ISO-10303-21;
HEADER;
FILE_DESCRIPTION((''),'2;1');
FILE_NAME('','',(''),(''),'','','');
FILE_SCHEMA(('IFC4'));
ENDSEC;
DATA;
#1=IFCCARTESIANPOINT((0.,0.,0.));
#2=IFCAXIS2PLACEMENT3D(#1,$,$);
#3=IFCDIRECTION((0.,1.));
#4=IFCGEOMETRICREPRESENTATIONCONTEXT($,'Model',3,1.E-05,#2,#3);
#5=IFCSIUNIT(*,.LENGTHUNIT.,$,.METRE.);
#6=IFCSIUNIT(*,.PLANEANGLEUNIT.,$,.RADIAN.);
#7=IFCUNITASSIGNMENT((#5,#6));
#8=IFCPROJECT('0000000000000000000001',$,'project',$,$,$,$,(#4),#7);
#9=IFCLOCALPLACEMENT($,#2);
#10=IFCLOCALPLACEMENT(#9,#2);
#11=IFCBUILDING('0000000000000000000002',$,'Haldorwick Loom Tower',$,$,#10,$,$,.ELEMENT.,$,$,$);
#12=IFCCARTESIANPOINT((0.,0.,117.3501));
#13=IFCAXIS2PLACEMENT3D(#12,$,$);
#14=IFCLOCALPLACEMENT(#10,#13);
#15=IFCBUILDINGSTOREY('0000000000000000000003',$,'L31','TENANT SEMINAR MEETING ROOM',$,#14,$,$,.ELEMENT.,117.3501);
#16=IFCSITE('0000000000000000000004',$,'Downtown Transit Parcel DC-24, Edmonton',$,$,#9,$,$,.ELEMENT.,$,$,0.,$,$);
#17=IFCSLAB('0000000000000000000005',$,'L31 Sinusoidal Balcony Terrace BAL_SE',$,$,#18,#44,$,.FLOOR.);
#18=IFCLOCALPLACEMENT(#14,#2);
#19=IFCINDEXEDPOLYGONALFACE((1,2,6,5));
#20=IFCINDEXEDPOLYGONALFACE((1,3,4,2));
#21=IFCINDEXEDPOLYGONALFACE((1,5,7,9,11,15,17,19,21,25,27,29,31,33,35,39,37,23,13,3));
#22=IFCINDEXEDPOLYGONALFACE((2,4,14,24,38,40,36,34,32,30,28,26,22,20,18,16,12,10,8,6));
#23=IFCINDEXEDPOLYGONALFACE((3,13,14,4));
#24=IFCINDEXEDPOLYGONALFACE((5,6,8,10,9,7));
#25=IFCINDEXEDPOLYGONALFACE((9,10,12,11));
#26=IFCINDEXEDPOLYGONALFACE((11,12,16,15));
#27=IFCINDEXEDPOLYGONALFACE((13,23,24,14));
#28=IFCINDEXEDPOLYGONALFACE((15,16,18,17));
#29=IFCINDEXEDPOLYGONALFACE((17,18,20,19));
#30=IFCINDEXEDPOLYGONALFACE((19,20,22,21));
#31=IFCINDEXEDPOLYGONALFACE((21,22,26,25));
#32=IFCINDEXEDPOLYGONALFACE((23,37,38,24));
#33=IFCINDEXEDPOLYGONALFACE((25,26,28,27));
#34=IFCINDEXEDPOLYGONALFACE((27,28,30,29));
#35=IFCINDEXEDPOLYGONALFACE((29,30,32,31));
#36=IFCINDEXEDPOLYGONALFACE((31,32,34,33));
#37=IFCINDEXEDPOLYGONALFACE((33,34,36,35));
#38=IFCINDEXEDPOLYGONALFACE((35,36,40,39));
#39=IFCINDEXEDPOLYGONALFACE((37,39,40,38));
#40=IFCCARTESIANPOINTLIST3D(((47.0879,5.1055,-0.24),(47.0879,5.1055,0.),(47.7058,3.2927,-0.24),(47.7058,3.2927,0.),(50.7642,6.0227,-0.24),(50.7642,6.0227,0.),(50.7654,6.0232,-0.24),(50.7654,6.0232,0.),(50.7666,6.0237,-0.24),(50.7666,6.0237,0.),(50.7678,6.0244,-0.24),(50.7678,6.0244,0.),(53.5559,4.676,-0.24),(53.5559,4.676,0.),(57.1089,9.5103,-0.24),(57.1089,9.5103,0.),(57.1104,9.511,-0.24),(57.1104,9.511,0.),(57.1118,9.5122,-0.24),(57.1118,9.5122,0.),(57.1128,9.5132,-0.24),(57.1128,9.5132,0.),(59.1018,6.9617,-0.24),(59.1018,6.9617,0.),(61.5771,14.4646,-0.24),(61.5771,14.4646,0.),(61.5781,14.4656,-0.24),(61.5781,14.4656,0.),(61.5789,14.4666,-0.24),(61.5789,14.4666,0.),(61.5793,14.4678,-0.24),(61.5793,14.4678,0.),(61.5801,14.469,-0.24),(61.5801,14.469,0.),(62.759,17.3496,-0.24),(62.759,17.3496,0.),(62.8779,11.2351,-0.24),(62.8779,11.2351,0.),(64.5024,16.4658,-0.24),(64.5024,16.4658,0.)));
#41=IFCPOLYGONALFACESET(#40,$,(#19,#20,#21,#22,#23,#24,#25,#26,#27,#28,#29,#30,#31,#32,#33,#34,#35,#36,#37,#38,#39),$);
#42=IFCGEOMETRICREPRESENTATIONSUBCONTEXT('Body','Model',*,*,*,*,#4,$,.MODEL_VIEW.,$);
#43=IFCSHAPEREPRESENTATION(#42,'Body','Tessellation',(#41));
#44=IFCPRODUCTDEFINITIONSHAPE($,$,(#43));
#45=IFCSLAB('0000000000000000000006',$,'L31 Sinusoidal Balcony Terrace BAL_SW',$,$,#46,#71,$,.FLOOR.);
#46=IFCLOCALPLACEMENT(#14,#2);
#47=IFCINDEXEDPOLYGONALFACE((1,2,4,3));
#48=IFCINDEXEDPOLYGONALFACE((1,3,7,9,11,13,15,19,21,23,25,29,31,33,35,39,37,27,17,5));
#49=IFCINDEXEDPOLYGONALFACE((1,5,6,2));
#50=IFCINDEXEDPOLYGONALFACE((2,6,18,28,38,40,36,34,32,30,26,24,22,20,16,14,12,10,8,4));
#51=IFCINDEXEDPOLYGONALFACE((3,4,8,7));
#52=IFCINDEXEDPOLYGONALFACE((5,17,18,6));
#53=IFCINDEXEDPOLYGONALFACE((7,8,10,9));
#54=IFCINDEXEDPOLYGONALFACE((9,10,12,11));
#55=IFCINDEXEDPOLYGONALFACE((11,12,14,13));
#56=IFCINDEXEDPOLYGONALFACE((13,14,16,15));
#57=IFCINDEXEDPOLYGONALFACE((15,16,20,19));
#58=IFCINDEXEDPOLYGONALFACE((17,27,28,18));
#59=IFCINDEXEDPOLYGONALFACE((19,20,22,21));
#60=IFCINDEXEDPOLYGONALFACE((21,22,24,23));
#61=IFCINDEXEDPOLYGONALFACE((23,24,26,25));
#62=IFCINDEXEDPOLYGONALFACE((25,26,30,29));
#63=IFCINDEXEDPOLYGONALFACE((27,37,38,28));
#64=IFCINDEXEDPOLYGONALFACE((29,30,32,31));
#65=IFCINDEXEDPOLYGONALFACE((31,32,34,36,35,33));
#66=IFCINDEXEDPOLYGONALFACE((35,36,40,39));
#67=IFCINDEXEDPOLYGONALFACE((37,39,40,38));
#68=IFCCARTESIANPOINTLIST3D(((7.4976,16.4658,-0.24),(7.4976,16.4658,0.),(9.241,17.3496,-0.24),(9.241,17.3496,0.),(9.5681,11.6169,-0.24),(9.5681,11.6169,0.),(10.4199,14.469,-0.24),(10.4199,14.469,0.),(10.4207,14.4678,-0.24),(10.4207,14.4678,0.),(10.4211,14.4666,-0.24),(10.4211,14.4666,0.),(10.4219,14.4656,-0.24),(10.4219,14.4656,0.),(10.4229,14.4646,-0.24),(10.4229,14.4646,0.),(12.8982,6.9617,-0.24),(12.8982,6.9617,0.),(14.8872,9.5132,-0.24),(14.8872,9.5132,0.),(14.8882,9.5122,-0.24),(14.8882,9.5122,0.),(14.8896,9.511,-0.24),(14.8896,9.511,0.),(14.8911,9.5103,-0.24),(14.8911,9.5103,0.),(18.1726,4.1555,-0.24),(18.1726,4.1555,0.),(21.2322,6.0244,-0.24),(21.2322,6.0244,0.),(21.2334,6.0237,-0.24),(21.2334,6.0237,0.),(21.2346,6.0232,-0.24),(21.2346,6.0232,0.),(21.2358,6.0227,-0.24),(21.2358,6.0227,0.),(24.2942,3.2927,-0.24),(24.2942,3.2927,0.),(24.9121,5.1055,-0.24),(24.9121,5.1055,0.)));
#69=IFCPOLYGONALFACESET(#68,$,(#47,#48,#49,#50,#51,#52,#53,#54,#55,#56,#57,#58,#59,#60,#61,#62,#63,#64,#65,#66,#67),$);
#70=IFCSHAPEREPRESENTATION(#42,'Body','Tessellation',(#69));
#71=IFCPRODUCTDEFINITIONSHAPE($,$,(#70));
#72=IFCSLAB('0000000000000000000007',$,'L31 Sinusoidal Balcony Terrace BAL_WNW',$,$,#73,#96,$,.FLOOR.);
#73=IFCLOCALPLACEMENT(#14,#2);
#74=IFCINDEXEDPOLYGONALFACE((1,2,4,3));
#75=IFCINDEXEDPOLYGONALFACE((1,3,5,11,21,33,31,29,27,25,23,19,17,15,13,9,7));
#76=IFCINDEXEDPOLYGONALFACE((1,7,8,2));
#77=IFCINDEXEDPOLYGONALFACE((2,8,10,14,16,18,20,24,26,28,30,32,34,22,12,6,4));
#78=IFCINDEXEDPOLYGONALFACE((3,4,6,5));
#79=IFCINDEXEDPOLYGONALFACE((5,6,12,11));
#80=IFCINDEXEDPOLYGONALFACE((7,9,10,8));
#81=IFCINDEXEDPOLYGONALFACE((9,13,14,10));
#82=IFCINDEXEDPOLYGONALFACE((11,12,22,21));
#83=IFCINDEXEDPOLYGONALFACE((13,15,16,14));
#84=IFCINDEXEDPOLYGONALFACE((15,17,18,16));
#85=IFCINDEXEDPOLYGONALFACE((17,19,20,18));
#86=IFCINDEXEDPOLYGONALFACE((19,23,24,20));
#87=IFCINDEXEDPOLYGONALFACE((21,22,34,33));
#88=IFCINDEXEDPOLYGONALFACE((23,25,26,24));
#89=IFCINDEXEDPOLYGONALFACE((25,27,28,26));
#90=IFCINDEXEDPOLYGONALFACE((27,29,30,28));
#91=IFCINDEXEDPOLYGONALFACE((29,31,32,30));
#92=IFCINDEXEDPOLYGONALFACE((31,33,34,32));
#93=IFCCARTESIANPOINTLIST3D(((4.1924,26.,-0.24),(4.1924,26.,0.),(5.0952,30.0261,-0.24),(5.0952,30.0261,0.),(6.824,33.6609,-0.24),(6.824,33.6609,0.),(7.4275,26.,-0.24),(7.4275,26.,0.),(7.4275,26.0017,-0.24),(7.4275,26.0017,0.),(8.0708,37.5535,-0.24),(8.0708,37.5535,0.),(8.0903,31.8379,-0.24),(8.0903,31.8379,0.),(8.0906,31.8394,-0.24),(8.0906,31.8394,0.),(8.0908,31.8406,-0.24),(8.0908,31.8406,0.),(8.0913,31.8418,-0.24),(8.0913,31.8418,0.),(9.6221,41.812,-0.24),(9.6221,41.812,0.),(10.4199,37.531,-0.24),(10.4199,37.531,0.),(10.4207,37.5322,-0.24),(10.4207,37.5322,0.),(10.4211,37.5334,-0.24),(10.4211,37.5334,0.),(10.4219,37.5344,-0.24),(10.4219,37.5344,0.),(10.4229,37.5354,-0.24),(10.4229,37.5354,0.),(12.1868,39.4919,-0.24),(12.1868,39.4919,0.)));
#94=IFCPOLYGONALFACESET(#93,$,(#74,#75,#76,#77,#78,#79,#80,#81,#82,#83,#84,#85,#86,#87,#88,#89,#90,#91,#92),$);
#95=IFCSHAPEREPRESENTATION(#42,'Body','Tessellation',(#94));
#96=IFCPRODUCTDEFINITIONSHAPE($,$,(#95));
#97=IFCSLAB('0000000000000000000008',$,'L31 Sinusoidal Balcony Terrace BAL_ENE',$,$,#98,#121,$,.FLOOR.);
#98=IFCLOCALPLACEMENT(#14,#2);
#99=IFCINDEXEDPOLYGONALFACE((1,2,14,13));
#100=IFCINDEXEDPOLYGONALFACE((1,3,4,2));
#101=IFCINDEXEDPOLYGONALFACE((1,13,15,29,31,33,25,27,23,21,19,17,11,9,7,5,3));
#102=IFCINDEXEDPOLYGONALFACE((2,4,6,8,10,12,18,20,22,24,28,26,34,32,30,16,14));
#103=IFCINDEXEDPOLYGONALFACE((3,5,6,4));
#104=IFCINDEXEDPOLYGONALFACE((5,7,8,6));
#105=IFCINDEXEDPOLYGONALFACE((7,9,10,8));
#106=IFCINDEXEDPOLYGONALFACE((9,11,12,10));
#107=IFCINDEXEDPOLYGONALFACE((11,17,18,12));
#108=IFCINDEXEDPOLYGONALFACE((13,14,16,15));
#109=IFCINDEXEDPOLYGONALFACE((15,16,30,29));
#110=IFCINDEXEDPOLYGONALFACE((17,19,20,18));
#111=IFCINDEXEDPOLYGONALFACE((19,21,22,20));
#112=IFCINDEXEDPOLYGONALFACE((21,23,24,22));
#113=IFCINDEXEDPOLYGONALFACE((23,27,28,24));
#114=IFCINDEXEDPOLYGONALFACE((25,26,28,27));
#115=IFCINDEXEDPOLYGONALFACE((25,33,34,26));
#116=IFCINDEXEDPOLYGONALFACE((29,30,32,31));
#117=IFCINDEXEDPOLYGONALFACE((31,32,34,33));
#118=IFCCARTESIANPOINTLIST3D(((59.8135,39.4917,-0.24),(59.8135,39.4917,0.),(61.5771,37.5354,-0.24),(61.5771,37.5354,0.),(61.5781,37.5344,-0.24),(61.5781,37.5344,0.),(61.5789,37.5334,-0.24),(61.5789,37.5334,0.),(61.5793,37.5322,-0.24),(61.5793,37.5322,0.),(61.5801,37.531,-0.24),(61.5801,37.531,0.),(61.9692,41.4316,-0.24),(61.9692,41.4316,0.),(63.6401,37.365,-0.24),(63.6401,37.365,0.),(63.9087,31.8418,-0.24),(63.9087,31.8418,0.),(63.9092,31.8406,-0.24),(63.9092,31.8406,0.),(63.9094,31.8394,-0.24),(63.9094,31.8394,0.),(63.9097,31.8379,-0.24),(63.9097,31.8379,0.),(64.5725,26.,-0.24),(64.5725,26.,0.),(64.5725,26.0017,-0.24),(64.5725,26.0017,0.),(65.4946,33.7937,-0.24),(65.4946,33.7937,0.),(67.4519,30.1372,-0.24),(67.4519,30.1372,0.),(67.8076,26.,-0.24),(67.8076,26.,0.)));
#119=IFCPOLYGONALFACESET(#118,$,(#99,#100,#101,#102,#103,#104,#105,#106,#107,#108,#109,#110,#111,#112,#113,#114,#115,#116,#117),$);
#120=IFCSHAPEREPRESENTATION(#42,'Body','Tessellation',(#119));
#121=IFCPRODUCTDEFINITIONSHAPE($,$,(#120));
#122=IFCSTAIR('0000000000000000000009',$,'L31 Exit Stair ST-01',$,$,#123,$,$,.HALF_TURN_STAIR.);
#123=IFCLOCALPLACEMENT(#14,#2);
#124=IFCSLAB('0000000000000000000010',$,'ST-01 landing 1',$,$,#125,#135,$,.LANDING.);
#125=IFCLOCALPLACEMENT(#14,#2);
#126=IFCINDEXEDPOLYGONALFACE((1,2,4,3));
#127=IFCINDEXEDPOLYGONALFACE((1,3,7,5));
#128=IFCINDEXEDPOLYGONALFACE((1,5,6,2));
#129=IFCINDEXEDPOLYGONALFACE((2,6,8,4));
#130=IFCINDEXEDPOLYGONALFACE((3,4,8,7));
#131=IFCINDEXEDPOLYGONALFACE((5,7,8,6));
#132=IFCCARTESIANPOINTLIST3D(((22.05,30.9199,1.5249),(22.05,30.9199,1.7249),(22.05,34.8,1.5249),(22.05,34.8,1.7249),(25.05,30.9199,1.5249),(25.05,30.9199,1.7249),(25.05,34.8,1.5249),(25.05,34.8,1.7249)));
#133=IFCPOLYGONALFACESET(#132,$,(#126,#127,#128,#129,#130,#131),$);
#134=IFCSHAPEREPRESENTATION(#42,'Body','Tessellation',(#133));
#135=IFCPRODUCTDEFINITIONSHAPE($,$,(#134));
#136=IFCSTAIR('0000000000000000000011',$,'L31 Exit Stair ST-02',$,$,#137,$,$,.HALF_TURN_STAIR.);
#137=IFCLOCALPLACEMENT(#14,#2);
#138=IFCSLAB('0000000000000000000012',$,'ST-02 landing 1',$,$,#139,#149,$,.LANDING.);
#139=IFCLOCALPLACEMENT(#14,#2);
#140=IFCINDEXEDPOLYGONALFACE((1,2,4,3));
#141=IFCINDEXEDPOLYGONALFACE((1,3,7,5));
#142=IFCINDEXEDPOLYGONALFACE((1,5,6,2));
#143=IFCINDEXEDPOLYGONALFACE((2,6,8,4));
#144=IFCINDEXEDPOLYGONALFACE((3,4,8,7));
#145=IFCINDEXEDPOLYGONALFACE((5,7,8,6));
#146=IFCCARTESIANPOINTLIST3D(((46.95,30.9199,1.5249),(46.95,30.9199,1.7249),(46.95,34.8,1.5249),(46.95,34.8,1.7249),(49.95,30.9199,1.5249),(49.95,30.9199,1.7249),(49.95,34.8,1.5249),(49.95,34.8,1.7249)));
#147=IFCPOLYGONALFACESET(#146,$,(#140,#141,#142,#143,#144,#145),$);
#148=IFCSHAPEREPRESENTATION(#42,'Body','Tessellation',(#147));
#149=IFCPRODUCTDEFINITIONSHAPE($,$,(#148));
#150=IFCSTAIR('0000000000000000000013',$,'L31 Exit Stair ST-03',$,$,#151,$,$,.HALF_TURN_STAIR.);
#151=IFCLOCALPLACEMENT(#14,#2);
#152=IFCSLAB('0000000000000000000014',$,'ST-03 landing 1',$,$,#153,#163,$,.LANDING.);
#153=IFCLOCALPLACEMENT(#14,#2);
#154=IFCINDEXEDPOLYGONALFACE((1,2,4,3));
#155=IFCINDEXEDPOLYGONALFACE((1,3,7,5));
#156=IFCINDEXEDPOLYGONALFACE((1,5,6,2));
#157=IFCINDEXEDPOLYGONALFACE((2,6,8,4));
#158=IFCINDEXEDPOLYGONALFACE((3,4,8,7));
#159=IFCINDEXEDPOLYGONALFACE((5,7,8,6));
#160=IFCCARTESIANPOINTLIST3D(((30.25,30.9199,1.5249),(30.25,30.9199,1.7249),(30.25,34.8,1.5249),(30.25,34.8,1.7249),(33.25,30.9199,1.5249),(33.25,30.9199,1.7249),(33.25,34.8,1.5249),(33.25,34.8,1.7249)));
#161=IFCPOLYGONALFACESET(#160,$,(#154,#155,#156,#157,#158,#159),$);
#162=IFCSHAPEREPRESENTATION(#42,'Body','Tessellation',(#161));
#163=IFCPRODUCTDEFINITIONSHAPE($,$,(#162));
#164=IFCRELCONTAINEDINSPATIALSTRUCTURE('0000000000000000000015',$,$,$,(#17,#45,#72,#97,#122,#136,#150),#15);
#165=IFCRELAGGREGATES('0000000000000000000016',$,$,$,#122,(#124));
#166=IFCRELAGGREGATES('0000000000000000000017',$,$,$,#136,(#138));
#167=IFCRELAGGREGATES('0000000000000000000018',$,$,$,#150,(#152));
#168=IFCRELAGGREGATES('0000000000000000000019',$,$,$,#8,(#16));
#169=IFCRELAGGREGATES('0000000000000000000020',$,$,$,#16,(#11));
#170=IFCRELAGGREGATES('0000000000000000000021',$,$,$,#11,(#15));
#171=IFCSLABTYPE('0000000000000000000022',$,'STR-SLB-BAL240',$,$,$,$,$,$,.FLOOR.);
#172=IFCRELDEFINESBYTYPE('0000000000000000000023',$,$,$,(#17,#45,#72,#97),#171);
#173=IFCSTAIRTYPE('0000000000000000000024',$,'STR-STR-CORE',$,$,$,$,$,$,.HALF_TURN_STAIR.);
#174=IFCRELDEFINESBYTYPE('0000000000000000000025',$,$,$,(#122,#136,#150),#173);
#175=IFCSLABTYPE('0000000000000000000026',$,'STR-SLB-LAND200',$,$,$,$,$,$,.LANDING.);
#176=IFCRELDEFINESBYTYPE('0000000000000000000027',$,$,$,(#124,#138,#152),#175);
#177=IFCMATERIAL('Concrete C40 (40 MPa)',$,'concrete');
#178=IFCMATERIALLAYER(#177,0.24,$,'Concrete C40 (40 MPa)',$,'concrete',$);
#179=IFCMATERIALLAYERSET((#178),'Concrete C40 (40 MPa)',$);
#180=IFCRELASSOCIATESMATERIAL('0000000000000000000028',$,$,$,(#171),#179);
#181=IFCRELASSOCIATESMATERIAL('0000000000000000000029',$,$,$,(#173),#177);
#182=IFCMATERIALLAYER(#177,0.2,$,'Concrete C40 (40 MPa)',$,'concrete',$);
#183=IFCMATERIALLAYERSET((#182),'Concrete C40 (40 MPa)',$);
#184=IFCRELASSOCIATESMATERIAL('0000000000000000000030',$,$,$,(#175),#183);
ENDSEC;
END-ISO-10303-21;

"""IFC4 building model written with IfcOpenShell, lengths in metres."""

from ifc_helpers import new_model, si_unit, direction, frame, origin, place, context, subcontext, project, spatial, polyline, outline, extrude, material, layer, layer_set, type_object, element, aggregate, save


model = new_model("IFC4")

# Units and contexts
model_context = context("Model", 3, precision=1e-05, world=origin(), true_north=direction((0.0, 1.0)))
body_context = subcontext(model_context, "Body", "Model", "MODEL_VIEW")
ifc_project = project(units=[si_unit("LENGTHUNIT", "METRE"), si_unit("PLANEANGLEUNIT", "RADIAN")], contexts=[model_context])

# Site, building, storey
site_placement = place(None, origin())
site = spatial("IfcSite", under=ifc_project, at=site_placement, Name="Downtown Transit Parcel DC-24, Edmonton", CompositionType="ELEMENT", RefElevation=0.0)
building_placement = place(site_placement, origin())
building = spatial("IfcBuilding", under=site, at=building_placement, Name="Haldorwick Loom Tower", CompositionType="ELEMENT")
storey_placement = place(building_placement, frame((0.0, 0.0, 117.3501)))
storey = spatial("IfcBuildingStorey", under=building, at=storey_placement, Name="L31", Description="TENANT SEMINAR MEETING ROOM", CompositionType="ELEMENT", Elevation=117.3501)

# Slabs
ifc_material_1 = material(Name="Concrete C40 (40 MPa)", Category="concrete")
ifc_layer_1 = layer(ifc_material_1, 0.24, Name="Concrete C40 (40 MPa)", Category="concrete")
ifc_layer_set_1 = layer_set([ifc_layer_1], Name="Concrete C40 (40 MPa)")
slab_type_1 = type_object("IfcSlabType", Name="STR-SLB-BAL240", PredefinedType="FLOOR", material=ifc_layer_set_1)
slab_1_placement = place(storey_placement, frame((0.0, 0.0, -0.24)))
element("IfcSlab", 1, at=slab_1_placement, inside=storey, type_object=slab_type_1, Name="L31 Sinusoidal Balcony Terrace BAL_SE", PredefinedType="FLOOR", context=body_context, shape_type="SweptSolid", body=[
    extrude(outline(polyline([(62.759, 17.3496), (61.5801, 14.469), (61.5793, 14.4678), (61.5789, 14.4666), (61.5781, 14.4656), (61.5771, 14.4646), (57.1128, 9.5132), (57.1118, 9.5122), (57.1104, 9.511), (57.1089, 9.5103), (50.7678, 6.0244), (50.7666, 6.0237), (50.7654, 6.0232), (50.7642, 6.0227), (47.0879, 5.1055), (47.7058, 3.2927), (53.5559, 4.676), (59.1018, 6.9617), (62.8779, 11.2351), (64.5024, 16.4658), (62.759, 17.3496)])), origin(), (0.0, 0.0, 1.0), 0.24),
])
slab_2_placement = place(storey_placement, frame((0.0, 0.0, -0.24)))
element("IfcSlab", 2, at=slab_2_placement, inside=storey, type_object=slab_type_1, Name="L31 Sinusoidal Balcony Terrace BAL_SW", PredefinedType="FLOOR", context=body_context, shape_type="SweptSolid", body=[
    extrude(outline(polyline([(24.9121, 5.1055), (21.2358, 6.0227), (21.2346, 6.0232), (21.2334, 6.0237), (21.2322, 6.0244), (14.8911, 9.5103), (14.8896, 9.511), (14.8882, 9.5122), (14.8872, 9.5132), (10.4229, 14.4646), (10.4219, 14.4656), (10.4211, 14.4666), (10.4207, 14.4678), (10.4199, 14.469), (9.241, 17.3496), (7.4976, 16.4658), (9.5681, 11.6169), (12.8982, 6.9617), (18.1726, 4.1555), (24.2942, 3.2927), (24.9121, 5.1055)])), origin(), (0.0, 0.0, 1.0), 0.24),
])
slab_3_placement = place(storey_placement, frame((0.0, 0.0, -0.24)))
element("IfcSlab", 3, at=slab_3_placement, inside=storey, type_object=slab_type_1, Name="L31 Sinusoidal Balcony Terrace BAL_WNW", PredefinedType="FLOOR", context=body_context, shape_type="SweptSolid", body=[
    extrude(outline(polyline([(7.4275, 26.0), (7.4275, 26.0017), (8.0903, 31.8379), (8.0906, 31.8394), (8.0908, 31.8406), (8.0913, 31.8418), (10.4199, 37.531), (10.4207, 37.5322), (10.4211, 37.5334), (10.4219, 37.5344), (10.4229, 37.5354), (12.1868, 39.4919), (9.6221, 41.812), (8.0708, 37.5535), (6.824, 33.6609), (5.0952, 30.0261), (4.1924, 26.0), (7.4275, 26.0)])), origin(), (0.0, 0.0, 1.0), 0.24),
])
slab_4_placement = place(storey_placement, frame((0.0, 0.0, -0.24)))
element("IfcSlab", 4, at=slab_4_placement, inside=storey, type_object=slab_type_1, Name="L31 Sinusoidal Balcony Terrace BAL_ENE", PredefinedType="FLOOR", context=body_context, shape_type="SweptSolid", body=[
    extrude(outline(polyline([(59.8135, 39.4917), (61.5771, 37.5354), (61.5781, 37.5344), (61.5789, 37.5334), (61.5793, 37.5322), (61.5801, 37.531), (63.9087, 31.8418), (63.9092, 31.8406), (63.9094, 31.8394), (63.9097, 31.8379), (64.5725, 26.0017), (64.5725, 26.0), (67.8076, 26.0), (67.4519, 30.1372), (65.4946, 33.7937), (63.6401, 37.365), (61.9692, 41.4316), (59.8135, 39.4917)])), origin(), (0.0, 0.0, 1.0), 0.24),
])

# Stairs, slabs
stair_type = type_object("IfcStairType", Name="STR-STR-CORE", PredefinedType="HALF_TURN_STAIR", material=ifc_material_1)
stair_1_placement = place(storey_placement, origin())
stair_1 = element("IfcStair", 5, at=stair_1_placement, inside=storey, type_object=stair_type, Name="L31 Exit Stair ST-01", PredefinedType="HALF_TURN_STAIR")
ifc_layer_2 = layer(ifc_material_1, 0.2, Name="Concrete C40 (40 MPa)", Category="concrete")
ifc_layer_set_2 = layer_set([ifc_layer_2], Name="Concrete C40 (40 MPa)")
slab_type_2 = type_object("IfcSlabType", Name="STR-SLB-LAND200", PredefinedType="LANDING", material=ifc_layer_set_2)
slab_5_placement = place(storey_placement, frame((0.0, 0.0, 1.5249)))
slab_5 = element("IfcSlab", 6, at=slab_5_placement, type_object=slab_type_2, Name="ST-01 landing 1", PredefinedType="LANDING", context=body_context, shape_type="SweptSolid", body=[
    extrude(outline(polyline([(25.05, 30.9199), (25.05, 34.8), (22.05, 34.8), (22.05, 30.9199), (25.05, 30.9199)])), origin(), (0.0, 0.0, 1.0), 0.2),
])
aggregate(stair_1, [slab_5])
stair_2_placement = place(storey_placement, origin())
stair_2 = element("IfcStair", 7, at=stair_2_placement, inside=storey, type_object=stair_type, Name="L31 Exit Stair ST-02", PredefinedType="HALF_TURN_STAIR")
slab_6_placement = place(storey_placement, frame((0.0, 0.0, 1.5249)))
slab_6 = element("IfcSlab", 8, at=slab_6_placement, type_object=slab_type_2, Name="ST-02 landing 1", PredefinedType="LANDING", context=body_context, shape_type="SweptSolid", body=[
    extrude(outline(polyline([(49.95, 30.9199), (49.95, 34.8), (46.95, 34.8), (46.95, 30.9199), (49.95, 30.9199)])), origin(), (0.0, 0.0, 1.0), 0.2),
])
aggregate(stair_2, [slab_6])
stair_3_placement = place(storey_placement, origin())
stair_3 = element("IfcStair", 9, at=stair_3_placement, inside=storey, type_object=stair_type, Name="L31 Exit Stair ST-03", PredefinedType="HALF_TURN_STAIR")
slab_7_placement = place(storey_placement, frame((0.0, 0.0, 1.5249)))
slab_7 = element("IfcSlab", 10, at=slab_7_placement, type_object=slab_type_2, Name="ST-03 landing 1", PredefinedType="LANDING", context=body_context, shape_type="SweptSolid", body=[
    extrude(outline(polyline([(33.25, 30.9199), (33.25, 34.8), (30.25, 34.8), (30.25, 30.9199), (33.25, 30.9199)])), origin(), (0.0, 0.0, 1.0), 0.2),
])
aggregate(stair_3, [slab_7])

save(model, "model.ifc")
